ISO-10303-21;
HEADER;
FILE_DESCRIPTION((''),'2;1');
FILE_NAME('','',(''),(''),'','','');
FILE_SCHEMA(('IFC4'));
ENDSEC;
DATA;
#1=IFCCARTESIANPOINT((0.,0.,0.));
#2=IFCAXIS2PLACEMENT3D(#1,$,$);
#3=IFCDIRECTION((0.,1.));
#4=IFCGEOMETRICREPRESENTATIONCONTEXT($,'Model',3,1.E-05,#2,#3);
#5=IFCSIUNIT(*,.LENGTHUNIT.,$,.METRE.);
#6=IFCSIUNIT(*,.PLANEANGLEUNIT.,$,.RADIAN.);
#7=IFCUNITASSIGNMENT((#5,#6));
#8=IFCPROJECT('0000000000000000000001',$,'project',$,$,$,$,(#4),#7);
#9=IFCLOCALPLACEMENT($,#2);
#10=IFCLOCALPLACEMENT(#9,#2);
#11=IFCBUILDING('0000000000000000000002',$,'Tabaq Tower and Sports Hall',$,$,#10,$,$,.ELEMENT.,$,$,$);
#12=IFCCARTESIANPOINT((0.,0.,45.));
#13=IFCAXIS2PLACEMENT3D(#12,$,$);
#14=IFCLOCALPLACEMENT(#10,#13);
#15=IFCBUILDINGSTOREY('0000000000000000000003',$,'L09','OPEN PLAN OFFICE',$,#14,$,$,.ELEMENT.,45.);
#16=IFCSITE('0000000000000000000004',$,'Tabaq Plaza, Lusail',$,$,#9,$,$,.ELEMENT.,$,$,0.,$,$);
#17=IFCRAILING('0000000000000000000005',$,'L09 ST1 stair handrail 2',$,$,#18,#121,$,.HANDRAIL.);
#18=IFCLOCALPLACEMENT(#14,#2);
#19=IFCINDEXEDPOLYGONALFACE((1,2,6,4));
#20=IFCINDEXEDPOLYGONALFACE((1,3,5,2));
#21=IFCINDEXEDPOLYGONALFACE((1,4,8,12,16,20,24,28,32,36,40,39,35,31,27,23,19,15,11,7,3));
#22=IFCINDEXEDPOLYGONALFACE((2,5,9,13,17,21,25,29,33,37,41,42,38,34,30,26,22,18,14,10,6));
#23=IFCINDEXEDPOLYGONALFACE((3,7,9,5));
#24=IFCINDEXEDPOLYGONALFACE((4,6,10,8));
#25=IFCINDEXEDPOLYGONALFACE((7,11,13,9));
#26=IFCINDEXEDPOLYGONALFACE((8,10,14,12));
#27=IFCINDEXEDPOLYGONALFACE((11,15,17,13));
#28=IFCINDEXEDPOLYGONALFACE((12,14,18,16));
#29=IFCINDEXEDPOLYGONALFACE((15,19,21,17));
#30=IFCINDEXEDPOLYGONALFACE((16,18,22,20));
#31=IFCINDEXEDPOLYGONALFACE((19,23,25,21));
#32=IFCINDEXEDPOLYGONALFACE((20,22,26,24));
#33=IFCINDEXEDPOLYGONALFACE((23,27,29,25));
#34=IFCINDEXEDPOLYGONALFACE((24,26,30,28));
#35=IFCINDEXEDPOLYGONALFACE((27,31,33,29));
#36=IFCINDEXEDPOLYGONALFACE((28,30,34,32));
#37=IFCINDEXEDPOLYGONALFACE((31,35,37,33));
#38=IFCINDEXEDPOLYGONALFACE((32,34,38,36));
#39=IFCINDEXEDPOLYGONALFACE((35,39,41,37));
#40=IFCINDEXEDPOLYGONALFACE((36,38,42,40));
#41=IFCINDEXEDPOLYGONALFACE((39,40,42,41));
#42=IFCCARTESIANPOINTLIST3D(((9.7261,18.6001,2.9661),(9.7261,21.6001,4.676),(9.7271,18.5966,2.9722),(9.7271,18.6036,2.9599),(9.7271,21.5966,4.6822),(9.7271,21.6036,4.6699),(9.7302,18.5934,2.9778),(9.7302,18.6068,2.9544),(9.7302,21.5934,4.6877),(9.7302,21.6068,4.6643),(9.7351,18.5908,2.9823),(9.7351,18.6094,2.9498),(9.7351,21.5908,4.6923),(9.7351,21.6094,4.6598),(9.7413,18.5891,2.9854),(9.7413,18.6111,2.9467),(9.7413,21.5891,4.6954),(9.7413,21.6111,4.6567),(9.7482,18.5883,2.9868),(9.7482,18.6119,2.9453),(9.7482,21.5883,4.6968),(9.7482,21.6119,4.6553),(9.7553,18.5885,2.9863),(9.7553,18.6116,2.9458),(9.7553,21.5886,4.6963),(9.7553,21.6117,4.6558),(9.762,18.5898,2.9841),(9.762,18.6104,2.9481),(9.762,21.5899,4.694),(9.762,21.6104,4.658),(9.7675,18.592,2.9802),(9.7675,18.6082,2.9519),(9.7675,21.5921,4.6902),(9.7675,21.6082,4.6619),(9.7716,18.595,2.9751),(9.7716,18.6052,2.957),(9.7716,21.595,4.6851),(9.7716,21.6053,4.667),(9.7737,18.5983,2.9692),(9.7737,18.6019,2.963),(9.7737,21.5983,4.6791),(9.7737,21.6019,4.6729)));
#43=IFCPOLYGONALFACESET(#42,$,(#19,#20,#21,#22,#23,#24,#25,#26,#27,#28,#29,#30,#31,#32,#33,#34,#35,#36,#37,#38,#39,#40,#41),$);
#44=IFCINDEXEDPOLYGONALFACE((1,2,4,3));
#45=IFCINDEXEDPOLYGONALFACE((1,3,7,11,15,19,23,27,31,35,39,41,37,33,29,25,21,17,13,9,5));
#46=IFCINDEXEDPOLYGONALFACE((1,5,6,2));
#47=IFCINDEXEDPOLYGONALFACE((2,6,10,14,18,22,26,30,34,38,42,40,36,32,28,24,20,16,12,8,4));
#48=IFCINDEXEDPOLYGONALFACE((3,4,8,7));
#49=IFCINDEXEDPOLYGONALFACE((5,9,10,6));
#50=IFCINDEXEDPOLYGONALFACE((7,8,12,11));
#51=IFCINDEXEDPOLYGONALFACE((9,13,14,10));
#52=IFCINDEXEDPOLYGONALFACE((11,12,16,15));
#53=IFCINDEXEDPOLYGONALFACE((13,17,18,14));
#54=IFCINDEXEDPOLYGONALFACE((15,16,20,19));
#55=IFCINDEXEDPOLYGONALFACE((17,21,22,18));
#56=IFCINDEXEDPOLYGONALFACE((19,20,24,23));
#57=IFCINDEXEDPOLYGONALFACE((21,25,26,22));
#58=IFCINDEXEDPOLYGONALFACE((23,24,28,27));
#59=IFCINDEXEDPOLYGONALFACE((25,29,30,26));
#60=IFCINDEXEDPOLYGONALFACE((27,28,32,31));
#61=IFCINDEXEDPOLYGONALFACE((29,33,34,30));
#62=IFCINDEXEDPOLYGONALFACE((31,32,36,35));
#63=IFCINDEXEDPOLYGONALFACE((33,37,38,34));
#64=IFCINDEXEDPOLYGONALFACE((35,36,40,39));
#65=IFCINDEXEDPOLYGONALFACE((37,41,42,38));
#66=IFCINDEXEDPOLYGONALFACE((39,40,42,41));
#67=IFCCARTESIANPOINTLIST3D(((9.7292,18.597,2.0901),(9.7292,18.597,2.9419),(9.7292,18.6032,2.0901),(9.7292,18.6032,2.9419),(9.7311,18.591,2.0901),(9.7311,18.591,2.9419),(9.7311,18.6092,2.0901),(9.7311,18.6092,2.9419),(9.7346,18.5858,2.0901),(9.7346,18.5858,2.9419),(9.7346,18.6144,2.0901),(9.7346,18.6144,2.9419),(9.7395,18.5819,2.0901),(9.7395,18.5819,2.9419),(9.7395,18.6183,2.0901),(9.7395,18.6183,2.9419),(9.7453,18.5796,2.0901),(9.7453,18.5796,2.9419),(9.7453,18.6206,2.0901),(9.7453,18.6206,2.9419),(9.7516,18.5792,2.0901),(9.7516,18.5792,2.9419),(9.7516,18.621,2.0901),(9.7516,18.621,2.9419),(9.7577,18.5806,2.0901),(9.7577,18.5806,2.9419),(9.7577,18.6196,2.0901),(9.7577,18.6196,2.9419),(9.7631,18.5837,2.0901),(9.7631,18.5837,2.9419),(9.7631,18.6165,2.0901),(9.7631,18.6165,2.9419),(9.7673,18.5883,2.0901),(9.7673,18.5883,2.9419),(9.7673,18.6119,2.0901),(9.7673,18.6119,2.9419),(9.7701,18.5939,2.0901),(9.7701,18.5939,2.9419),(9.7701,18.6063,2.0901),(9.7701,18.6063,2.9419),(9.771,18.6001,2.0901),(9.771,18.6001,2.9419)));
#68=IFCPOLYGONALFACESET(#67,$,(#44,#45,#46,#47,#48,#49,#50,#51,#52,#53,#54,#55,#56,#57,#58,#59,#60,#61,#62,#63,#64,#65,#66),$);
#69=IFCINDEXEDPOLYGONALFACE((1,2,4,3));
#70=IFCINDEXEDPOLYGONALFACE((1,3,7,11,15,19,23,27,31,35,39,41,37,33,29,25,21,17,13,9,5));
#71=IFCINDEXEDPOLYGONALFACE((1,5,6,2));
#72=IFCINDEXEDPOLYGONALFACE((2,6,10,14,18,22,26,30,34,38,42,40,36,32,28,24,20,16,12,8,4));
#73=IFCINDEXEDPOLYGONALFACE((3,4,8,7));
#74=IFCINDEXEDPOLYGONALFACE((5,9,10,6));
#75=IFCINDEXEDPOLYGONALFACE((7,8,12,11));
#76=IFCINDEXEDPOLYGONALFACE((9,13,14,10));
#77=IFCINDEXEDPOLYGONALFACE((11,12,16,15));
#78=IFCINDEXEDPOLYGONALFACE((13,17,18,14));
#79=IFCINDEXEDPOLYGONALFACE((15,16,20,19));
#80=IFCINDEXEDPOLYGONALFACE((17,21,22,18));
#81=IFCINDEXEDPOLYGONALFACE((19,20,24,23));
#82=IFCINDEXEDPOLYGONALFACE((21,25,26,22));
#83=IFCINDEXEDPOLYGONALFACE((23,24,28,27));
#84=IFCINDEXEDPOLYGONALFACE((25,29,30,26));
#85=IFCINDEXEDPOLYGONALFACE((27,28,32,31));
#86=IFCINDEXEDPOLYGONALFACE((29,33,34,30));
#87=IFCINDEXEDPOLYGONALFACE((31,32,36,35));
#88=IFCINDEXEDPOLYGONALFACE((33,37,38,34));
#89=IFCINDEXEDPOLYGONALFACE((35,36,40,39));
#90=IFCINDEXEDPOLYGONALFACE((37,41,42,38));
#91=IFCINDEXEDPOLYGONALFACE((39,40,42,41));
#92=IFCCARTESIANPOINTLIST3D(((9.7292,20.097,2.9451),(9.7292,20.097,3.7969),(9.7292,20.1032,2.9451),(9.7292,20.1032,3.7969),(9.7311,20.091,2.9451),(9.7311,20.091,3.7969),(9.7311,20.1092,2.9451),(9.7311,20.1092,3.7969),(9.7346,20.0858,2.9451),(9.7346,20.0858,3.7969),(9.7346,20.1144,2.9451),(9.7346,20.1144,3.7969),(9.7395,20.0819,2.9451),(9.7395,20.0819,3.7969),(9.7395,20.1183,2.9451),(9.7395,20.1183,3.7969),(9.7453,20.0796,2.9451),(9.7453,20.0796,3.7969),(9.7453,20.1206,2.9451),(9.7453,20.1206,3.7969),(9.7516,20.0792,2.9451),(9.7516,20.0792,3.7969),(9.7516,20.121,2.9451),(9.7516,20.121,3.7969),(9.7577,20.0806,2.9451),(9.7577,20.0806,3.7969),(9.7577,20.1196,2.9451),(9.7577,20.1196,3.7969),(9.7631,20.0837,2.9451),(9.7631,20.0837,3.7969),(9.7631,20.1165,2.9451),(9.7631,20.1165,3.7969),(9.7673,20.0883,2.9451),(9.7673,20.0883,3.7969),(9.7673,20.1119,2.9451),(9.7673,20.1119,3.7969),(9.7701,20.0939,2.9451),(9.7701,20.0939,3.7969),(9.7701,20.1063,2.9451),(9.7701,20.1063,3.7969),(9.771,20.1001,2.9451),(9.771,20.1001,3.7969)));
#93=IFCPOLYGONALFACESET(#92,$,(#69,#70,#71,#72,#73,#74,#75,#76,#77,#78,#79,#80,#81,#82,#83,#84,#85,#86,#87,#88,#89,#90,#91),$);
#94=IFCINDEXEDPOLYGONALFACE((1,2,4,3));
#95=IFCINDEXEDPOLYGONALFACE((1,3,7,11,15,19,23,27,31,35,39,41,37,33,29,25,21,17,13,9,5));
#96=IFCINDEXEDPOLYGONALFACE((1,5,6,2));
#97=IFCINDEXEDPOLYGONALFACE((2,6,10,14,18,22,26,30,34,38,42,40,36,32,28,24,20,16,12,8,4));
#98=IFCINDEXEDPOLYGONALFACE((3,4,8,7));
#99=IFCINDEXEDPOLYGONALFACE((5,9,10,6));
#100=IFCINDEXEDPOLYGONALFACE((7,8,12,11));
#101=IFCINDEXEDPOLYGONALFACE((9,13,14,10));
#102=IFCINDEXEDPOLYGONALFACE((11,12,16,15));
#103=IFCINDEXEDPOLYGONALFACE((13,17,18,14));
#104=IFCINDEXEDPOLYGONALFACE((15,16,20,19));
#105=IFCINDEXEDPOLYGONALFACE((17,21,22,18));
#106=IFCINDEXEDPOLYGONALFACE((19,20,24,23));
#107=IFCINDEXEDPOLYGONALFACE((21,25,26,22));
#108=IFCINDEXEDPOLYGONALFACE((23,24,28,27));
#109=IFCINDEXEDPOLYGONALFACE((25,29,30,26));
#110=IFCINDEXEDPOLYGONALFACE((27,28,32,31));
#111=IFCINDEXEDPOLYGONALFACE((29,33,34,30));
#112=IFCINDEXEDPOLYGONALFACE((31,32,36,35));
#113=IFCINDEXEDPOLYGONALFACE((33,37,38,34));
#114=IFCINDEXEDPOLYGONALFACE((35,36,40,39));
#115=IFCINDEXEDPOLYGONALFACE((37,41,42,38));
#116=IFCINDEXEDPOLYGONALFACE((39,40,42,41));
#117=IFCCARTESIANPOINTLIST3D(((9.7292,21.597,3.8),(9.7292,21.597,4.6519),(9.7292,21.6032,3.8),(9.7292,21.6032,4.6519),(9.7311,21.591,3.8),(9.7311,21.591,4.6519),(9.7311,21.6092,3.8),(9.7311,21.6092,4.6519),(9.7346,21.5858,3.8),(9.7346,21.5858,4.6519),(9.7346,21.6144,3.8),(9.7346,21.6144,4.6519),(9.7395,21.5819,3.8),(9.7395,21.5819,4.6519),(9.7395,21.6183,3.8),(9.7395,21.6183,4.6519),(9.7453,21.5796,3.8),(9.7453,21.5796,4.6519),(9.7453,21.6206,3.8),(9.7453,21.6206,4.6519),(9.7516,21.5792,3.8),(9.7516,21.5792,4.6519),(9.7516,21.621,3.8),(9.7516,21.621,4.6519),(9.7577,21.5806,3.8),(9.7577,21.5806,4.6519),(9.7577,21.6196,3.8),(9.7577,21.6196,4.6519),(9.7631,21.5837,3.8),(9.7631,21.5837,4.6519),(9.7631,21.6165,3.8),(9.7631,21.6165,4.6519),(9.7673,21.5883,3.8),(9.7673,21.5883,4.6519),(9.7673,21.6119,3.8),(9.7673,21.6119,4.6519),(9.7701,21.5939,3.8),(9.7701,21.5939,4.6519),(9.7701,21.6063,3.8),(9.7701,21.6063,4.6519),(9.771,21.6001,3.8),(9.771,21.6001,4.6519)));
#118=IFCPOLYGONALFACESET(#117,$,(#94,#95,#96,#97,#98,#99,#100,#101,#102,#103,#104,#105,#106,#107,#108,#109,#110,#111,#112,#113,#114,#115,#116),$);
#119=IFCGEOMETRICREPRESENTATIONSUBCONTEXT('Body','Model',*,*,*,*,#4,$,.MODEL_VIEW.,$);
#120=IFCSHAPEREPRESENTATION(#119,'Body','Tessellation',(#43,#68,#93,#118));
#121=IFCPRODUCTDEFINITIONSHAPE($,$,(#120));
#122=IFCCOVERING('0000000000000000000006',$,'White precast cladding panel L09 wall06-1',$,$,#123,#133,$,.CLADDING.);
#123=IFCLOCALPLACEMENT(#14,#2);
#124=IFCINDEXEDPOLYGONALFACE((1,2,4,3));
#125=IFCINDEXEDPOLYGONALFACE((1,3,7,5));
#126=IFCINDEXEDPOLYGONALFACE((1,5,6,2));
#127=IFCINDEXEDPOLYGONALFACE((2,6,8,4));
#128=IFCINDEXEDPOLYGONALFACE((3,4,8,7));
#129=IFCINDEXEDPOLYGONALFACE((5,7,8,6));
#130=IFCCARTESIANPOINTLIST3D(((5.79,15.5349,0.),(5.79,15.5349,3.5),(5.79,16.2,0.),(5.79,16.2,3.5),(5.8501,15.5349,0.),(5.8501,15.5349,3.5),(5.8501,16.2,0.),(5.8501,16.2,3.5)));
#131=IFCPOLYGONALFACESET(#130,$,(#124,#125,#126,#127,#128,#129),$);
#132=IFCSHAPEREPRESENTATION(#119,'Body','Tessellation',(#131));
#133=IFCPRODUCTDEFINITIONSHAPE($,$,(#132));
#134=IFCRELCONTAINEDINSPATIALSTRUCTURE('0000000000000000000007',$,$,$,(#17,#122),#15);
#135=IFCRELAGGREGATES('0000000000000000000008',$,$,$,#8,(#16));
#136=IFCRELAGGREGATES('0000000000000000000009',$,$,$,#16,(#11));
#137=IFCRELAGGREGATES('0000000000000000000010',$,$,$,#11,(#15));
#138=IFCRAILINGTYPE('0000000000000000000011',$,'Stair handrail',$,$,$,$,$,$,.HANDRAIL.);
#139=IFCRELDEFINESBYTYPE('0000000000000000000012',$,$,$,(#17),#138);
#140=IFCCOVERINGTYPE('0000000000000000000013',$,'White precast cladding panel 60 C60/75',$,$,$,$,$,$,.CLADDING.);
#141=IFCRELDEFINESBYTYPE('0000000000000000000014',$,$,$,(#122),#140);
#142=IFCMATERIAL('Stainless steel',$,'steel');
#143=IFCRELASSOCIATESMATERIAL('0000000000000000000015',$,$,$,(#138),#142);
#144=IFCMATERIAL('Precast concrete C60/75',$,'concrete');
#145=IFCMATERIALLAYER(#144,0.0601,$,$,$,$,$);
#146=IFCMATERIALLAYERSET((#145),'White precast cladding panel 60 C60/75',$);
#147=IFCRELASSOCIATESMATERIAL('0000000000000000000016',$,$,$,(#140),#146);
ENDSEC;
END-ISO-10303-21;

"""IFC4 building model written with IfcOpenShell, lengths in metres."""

from ifc_helpers import new_model, si_unit, direction, frame, frame_2d, origin, origin_2d, place, context, subcontext, project, spatial, rectangle, circle, extrude, material, layer, layer_set, type_object, element, save


model = new_model("IFC4")

# Units and contexts
model_context = context("Model", 3, precision=1e-05, world=origin(), true_north=direction((0.0, 1.0)))
body_context = subcontext(model_context, "Body", "Model", "MODEL_VIEW")
ifc_project = project(units=[si_unit("LENGTHUNIT", "METRE"), si_unit("PLANEANGLEUNIT", "RADIAN")], contexts=[model_context])

# Site, building, storey
site_placement = place(None, origin())
site = spatial("IfcSite", under=ifc_project, at=site_placement, Name="Tabaq Plaza, Lusail", CompositionType="ELEMENT", RefElevation=0.0)
building_placement = place(site_placement, origin())
building = spatial("IfcBuilding", under=site, at=building_placement, Name="Tabaq Tower and Sports Hall", CompositionType="ELEMENT")
storey_placement = place(building_placement, frame((0.0, 0.0, 45.0)))
storey = spatial("IfcBuildingStorey", under=building, at=storey_placement, Name="L09", Description="OPEN PLAN OFFICE", CompositionType="ELEMENT", Elevation=45.0)

# Railing
ifc_material_1 = material(Name="Stainless steel", Category="steel")
railing_type_1 = type_object("IfcRailingType", Name="Stair handrail", PredefinedType="HANDRAIL", material=ifc_material_1)
railing_1_placement = place(storey_placement, frame((9.75, 18.6001, 2.0901)))
element("IfcRailing", 1, at=railing_1_placement, inside=storey, type_object=railing_type_1, Name="L09 ST1 stair handrail 2", PredefinedType="HANDRAIL", context=body_context, shape_type="SweptSolid", body=[
    extrude(circle(Radius=0.0239, at=origin_2d()), frame((0.0, 0.0, 0.876), z_axis=(0.0, 0.868782, 0.495195), x_axis=(-1.0, 0.0, 0.0)), (0.0, 0.0, 1.0), 3.4531),
    extrude(circle(Radius=0.021, at=origin_2d()), origin(), (0.0, 0.0, 1.0), 0.8518),
    extrude(circle(Radius=0.021, at=origin_2d()), frame((0.0, 1.5, 0.855)), (0.0, 0.0, 1.0), 0.8518),
    extrude(circle(Radius=0.021, at=origin_2d()), frame((0.0, 3.0, 1.71)), (0.0, 0.0, 1.0), 0.8518),
])

# Covering
ifc_material_2 = material(Name="Precast concrete C60/75", Category="concrete")
ifc_layer_1 = layer(ifc_material_2, 0.0601)
ifc_layer_set_1 = layer_set([ifc_layer_1], Name="White precast cladding panel 60 C60/75")
covering_type = type_object("IfcCoveringType", Name="White precast cladding panel 60 C60/75", PredefinedType="CLADDING", material=ifc_layer_set_1)
covering_placement = place(storey_placement, frame((5.8201, 16.2, 0.0), z_axis=(0.0, 0.0, 1.0), x_axis=(0.0, -1.0, 0.0)))
element("IfcCovering", 2, at=covering_placement, inside=storey, type_object=covering_type, Name="White precast cladding panel L09 wall06-1", PredefinedType="CLADDING", context=body_context, shape_type="SweptSolid", body=[
    extrude(rectangle(XDim=0.665, YDim=0.0601, at=frame_2d((0.3325, 0.0))), origin(), (0.0, 0.0, 1.0), 3.5),
])

save(model, "model.ifc")
